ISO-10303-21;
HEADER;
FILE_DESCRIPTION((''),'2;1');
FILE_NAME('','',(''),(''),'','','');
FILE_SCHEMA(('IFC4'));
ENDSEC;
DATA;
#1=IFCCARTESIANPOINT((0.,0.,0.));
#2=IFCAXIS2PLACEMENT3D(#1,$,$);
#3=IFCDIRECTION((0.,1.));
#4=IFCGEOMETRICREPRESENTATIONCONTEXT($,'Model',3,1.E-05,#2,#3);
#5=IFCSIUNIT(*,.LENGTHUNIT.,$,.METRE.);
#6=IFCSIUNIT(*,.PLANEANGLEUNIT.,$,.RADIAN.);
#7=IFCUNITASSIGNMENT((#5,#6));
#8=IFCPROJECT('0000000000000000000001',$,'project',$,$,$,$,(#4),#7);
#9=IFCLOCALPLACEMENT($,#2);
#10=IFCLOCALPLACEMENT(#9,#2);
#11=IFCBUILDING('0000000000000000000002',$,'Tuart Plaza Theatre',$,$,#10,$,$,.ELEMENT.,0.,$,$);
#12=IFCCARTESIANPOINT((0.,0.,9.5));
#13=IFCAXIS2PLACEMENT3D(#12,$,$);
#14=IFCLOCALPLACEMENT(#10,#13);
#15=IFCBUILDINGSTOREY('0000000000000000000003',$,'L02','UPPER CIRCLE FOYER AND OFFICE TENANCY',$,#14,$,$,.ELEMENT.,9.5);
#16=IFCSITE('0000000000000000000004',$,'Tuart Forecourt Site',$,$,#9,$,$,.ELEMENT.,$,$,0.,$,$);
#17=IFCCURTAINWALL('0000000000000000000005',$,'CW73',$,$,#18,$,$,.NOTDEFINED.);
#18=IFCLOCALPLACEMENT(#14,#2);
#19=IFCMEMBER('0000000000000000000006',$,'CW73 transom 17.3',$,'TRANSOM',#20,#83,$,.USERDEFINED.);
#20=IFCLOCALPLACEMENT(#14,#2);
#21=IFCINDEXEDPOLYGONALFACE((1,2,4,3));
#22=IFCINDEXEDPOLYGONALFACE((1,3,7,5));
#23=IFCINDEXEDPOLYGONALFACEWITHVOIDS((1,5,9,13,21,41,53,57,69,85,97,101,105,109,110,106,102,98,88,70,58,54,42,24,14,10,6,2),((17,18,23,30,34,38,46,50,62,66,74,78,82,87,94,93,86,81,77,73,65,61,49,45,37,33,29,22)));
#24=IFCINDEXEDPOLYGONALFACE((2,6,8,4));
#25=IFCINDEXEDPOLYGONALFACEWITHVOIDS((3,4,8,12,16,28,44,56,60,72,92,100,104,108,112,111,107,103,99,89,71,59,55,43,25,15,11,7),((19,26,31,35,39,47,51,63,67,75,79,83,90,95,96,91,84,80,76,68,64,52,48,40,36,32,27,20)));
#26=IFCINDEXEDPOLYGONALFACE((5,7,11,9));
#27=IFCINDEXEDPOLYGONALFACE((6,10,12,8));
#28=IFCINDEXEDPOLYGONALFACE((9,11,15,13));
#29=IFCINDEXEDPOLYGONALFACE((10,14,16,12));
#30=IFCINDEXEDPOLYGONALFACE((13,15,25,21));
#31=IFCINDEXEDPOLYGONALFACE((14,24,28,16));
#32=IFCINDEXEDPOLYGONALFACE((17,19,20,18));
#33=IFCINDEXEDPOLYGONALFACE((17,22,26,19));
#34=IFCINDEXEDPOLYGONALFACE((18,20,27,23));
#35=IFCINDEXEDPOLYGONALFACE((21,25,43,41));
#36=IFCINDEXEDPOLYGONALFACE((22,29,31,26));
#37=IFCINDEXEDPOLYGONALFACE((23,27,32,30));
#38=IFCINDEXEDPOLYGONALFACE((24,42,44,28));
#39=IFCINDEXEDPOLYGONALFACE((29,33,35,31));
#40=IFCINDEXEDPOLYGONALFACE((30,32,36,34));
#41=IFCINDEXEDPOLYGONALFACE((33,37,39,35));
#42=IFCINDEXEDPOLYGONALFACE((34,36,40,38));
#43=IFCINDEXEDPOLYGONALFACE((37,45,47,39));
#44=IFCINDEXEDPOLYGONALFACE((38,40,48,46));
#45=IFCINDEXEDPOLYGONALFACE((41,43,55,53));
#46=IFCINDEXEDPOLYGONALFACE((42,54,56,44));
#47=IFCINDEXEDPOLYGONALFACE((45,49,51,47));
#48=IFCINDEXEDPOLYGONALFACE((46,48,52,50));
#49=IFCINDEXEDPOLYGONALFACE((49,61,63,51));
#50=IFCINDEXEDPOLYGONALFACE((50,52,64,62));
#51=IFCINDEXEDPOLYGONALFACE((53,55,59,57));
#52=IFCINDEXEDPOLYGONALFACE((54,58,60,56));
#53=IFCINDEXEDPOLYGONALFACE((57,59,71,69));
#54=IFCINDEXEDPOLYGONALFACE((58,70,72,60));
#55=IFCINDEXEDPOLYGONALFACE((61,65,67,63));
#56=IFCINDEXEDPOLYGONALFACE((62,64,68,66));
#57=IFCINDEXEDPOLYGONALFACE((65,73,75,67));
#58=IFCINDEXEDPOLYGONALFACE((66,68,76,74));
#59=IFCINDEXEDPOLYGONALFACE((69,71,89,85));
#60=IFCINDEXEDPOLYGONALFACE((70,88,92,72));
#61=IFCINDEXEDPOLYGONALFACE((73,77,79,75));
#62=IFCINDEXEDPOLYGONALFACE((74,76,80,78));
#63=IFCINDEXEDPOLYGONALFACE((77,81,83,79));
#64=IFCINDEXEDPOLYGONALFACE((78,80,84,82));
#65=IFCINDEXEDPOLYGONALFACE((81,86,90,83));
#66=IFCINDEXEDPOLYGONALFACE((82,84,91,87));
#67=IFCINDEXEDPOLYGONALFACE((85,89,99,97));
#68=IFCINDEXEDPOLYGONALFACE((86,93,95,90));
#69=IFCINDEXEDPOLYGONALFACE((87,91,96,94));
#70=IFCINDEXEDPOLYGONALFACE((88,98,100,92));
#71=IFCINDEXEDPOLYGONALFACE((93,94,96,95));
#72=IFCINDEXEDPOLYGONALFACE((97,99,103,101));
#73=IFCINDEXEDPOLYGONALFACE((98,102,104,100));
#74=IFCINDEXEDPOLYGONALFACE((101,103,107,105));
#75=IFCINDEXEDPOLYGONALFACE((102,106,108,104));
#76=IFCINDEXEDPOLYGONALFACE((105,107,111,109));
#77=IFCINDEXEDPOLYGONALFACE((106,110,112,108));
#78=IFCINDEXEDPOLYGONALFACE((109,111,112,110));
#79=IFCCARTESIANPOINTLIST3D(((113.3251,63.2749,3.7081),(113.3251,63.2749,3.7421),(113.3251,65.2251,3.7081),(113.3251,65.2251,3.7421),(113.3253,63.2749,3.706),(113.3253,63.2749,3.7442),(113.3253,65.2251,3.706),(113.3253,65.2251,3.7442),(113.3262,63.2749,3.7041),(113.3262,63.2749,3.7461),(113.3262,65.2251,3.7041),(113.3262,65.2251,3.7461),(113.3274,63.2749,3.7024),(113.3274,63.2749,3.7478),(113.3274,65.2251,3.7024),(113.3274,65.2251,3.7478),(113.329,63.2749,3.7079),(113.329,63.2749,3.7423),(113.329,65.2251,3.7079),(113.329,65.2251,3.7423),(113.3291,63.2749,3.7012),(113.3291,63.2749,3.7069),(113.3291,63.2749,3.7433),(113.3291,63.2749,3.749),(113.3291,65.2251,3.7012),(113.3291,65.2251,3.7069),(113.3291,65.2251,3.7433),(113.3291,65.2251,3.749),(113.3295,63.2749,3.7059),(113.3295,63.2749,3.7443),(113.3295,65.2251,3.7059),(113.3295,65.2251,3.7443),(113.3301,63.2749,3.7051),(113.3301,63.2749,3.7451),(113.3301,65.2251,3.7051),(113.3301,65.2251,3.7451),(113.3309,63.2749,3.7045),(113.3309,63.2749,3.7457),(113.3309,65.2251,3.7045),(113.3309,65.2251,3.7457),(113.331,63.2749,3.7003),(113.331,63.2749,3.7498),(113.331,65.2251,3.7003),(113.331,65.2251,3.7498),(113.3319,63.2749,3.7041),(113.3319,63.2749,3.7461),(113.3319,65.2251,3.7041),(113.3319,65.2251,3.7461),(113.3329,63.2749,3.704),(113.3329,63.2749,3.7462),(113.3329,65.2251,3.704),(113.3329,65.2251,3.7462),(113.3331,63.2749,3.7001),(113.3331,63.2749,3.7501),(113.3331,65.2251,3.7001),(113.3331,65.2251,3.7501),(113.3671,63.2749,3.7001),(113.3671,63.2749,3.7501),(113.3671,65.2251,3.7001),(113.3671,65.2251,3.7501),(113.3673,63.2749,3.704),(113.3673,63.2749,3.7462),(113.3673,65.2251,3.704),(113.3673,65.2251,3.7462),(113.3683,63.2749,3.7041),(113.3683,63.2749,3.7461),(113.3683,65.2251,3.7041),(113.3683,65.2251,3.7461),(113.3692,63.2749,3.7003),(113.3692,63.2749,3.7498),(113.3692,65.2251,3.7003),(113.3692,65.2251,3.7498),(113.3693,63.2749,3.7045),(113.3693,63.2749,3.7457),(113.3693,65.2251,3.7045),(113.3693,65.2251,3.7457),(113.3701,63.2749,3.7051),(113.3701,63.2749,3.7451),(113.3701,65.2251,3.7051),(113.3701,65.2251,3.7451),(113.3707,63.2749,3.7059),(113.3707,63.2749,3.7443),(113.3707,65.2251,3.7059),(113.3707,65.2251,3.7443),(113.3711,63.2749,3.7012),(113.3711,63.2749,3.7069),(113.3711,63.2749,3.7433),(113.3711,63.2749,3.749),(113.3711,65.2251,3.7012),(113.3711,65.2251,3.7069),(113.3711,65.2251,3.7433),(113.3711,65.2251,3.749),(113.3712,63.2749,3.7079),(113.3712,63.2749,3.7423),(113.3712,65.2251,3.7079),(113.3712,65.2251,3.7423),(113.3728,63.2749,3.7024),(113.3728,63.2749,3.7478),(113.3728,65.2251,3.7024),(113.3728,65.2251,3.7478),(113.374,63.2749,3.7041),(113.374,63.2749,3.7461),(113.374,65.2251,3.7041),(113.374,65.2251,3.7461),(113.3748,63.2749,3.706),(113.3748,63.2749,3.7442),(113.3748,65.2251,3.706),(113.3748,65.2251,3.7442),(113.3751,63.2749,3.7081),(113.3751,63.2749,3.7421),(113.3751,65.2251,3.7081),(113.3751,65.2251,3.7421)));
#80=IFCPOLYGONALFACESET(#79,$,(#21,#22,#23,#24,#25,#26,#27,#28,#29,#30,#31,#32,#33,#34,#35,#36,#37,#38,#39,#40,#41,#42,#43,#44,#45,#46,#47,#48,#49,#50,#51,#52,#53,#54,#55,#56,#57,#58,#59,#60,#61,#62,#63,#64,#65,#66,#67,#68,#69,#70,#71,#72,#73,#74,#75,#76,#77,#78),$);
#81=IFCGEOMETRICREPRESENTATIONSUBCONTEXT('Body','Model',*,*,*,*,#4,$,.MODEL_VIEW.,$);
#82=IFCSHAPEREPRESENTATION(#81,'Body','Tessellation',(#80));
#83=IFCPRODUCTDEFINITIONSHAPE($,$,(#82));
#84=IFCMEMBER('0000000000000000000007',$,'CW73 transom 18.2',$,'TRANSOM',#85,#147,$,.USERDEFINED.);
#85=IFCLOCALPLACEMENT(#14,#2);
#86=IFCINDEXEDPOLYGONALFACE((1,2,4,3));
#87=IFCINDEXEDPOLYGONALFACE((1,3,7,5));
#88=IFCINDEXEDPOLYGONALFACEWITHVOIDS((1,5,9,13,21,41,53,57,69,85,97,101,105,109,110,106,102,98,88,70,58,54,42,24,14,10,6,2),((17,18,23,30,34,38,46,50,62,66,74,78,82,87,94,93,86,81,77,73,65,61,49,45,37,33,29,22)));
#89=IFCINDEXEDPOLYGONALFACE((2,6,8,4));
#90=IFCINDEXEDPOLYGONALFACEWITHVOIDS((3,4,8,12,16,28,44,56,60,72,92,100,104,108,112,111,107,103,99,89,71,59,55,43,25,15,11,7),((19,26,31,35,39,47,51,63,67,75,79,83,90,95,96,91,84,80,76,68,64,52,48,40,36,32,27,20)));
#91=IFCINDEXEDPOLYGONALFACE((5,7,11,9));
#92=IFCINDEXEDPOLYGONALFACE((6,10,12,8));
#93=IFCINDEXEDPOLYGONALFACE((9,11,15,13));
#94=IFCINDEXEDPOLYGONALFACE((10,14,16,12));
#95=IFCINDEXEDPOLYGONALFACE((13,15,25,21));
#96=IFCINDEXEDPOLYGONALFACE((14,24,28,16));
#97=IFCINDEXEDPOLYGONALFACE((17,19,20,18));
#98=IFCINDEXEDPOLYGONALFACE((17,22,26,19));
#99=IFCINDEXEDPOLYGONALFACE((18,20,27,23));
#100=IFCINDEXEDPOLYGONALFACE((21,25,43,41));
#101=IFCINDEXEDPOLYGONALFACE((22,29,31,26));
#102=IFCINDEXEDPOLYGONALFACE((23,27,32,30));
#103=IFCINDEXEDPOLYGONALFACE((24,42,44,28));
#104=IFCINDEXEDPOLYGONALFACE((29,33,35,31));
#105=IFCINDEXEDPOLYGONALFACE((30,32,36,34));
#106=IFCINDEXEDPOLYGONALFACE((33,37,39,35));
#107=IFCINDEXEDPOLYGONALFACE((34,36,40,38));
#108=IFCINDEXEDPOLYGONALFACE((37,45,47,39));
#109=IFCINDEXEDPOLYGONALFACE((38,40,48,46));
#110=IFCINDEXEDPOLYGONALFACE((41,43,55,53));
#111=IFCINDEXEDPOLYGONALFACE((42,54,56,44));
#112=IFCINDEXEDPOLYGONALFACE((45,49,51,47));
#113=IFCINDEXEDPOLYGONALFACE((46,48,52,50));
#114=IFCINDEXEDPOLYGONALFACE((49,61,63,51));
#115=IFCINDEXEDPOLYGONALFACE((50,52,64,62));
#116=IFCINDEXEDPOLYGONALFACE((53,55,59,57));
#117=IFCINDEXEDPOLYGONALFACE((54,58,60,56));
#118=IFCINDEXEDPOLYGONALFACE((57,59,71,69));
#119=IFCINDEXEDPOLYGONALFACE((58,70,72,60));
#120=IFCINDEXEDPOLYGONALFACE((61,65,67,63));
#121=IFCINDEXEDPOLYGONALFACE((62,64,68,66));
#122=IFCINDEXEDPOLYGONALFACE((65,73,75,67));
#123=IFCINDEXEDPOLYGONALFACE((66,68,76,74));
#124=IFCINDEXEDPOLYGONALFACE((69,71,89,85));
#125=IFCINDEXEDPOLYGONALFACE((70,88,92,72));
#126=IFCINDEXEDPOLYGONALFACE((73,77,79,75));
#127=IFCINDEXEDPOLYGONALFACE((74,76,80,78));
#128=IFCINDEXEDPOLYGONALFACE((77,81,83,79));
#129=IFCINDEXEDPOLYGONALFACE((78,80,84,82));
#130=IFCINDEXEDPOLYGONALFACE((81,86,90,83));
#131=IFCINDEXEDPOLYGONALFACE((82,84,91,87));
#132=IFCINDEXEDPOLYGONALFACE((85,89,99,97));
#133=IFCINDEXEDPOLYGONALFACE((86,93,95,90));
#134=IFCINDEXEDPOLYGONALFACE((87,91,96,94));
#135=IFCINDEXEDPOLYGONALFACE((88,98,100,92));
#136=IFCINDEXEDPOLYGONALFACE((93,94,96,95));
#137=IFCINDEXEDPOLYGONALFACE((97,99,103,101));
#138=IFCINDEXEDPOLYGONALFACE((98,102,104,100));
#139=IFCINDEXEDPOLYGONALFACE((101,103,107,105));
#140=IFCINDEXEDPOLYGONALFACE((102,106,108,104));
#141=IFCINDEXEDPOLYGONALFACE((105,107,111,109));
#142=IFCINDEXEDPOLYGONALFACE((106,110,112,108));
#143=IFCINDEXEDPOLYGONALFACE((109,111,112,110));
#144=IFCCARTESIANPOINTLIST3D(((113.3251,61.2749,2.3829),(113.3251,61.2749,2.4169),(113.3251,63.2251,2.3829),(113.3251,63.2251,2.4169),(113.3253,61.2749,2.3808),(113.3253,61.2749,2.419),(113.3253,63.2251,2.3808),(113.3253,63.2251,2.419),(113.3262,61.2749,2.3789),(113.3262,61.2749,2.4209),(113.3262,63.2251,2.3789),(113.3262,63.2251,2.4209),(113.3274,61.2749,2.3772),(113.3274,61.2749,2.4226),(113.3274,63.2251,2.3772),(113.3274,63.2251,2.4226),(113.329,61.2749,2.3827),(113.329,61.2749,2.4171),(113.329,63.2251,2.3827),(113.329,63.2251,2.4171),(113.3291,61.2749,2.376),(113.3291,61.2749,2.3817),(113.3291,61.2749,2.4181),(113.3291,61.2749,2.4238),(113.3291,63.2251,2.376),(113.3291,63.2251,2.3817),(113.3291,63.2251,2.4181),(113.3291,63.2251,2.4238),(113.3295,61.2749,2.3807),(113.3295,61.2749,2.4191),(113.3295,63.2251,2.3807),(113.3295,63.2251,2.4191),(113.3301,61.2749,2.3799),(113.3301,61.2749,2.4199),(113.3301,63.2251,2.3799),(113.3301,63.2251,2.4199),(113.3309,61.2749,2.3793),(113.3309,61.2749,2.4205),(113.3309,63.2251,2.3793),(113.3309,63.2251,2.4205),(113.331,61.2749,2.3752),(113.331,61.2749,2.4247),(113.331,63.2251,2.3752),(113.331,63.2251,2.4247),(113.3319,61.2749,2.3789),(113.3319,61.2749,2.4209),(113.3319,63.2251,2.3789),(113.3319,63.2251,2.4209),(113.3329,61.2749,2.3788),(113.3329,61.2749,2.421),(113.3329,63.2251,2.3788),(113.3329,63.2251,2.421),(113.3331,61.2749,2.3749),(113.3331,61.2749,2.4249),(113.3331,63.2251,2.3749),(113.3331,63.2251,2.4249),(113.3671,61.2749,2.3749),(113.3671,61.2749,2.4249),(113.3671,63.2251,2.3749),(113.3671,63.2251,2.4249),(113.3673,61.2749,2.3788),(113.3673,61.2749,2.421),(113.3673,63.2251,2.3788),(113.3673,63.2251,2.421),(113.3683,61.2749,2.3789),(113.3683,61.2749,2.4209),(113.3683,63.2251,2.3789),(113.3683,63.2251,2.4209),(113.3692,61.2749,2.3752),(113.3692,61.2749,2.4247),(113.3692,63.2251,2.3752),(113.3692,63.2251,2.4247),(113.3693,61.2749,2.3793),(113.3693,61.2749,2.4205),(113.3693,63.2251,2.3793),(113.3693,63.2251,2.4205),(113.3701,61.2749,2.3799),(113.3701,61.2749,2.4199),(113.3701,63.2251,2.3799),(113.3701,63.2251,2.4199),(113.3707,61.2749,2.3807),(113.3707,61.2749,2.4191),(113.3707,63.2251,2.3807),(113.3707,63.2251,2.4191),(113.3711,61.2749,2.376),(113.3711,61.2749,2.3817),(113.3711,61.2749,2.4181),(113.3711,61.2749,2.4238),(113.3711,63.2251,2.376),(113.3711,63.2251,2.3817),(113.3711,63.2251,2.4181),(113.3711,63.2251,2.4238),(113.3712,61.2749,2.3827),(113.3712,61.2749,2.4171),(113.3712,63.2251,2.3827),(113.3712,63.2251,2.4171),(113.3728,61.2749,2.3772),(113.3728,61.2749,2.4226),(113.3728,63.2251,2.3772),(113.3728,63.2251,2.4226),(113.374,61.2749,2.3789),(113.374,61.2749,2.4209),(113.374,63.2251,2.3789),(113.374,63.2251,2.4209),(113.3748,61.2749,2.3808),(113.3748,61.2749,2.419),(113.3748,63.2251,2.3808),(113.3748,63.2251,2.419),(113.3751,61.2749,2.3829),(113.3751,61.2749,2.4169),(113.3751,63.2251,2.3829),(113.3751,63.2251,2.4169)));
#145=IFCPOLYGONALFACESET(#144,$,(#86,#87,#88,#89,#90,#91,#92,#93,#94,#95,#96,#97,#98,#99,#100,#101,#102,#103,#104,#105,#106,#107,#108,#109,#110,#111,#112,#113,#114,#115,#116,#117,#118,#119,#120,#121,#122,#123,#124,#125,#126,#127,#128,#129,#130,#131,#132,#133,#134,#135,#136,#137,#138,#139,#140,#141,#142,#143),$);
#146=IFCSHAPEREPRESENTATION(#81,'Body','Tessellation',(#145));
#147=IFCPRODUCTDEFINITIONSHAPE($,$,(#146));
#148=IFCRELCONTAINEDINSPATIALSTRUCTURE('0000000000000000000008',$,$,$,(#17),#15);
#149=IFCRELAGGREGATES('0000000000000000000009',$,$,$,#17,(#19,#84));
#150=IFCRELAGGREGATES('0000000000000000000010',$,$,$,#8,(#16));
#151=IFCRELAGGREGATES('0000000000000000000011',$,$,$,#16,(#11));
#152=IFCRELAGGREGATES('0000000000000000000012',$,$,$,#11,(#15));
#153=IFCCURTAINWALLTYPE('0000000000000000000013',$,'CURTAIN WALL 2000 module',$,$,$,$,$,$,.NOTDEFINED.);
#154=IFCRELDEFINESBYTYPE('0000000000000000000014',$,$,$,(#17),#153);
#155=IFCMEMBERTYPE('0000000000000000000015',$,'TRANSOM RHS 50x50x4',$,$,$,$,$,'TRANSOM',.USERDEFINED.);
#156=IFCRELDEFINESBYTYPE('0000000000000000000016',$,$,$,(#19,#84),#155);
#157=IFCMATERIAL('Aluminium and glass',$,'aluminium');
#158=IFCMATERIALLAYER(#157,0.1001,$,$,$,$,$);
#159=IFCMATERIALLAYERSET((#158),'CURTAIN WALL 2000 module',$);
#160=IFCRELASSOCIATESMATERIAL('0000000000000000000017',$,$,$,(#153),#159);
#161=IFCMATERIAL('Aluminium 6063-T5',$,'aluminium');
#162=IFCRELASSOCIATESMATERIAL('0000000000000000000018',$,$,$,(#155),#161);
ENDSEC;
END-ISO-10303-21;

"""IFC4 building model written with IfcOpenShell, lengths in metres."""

from ifc_helpers import new_model, si_unit, direction, frame, origin, origin_2d, place, context, subcontext, project, spatial, hollow_rectangle, extrude, material, layer, layer_set, material_profile, profile_set, type_object, element, aggregate, save


model = new_model("IFC4")

# Units and contexts
model_context = context("Model", 3, precision=1e-05, world=origin(), true_north=direction((0.0, 1.0)))
body_context = subcontext(model_context, "Body", "Model", "MODEL_VIEW")
ifc_project = project(units=[si_unit("LENGTHUNIT", "METRE"), si_unit("PLANEANGLEUNIT", "RADIAN")], contexts=[model_context])

# Site, building, storey
site_placement = place(None, origin())
site = spatial("IfcSite", under=ifc_project, at=site_placement, Name="Tuart Forecourt Site", CompositionType="ELEMENT", RefElevation=0.0)
building_placement = place(site_placement, origin())
building = spatial("IfcBuilding", under=site, at=building_placement, Name="Tuart Plaza Theatre", CompositionType="ELEMENT", ElevationOfRefHeight=0.0)
storey_placement = place(building_placement, frame((0.0, 0.0, 9.5)))
storey = spatial("IfcBuildingStorey", under=building, at=storey_placement, Name="L02", Description="UPPER CIRCLE FOYER AND OFFICE TENANCY", CompositionType="ELEMENT", Elevation=9.5)

# Curtain wall, members
ifc_material_1 = material(Name="Aluminium and glass", Category="aluminium")
ifc_layer_1 = layer(ifc_material_1, 0.1001)
ifc_layer_set_1 = layer_set([ifc_layer_1], Name="CURTAIN WALL 2000 module")
curtain_wall_type = type_object("IfcCurtainWallType", Name="CURTAIN WALL 2000 module", PredefinedType="NOTDEFINED", material=ifc_layer_set_1)
curtain_wall_placement = place(storey_placement, origin())
curtain_wall = element("IfcCurtainWall", 1, at=curtain_wall_placement, inside=storey, type_object=curtain_wall_type, Name="CW73", PredefinedType="NOTDEFINED")
ifc_material_2 = material(Name="Aluminium 6063-T5", Category="aluminium")
ifc_material_profile_1 = material_profile(ifc_material_2, hollow_rectangle(XDim=0.05, YDim=0.05, WallThickness=0.0039, InnerFilletRadius=0.0039, OuterFilletRadius=0.0081, at=origin_2d()), Name="RHS 50x50x4")
ifc_profile_set_1 = profile_set([ifc_material_profile_1], Name="Aluminium 6063-T5")
member_type_1 = type_object("IfcMemberType", Name="TRANSOM RHS 50x50x4", ElementType="TRANSOM", PredefinedType="USERDEFINED", material=ifc_profile_set_1)
member_1_placement = place(storey_placement, frame((113.3501, 65.2251, 3.7251), z_axis=(0.0, -1.0, 0.0), x_axis=(1.0, 0.0, 0.0)))
member_1 = element("IfcMember", 2, at=member_1_placement, type_object=member_type_1, Name="CW73 transom 17.3", ObjectType="TRANSOM", PredefinedType="USERDEFINED", context=body_context, shape_type="SweptSolid", body=[
    extrude(hollow_rectangle(XDim=0.05, YDim=0.05, WallThickness=0.0039, InnerFilletRadius=0.0039, OuterFilletRadius=0.0081, at=origin_2d()), origin(), (0.0, 0.0, 1.0), 1.9502),
])
member_2_placement = place(storey_placement, frame((113.3501, 63.2251, 2.3999), z_axis=(0.0, -1.0, 0.0), x_axis=(1.0, 0.0, 0.0)))
member_2 = element("IfcMember", 3, at=member_2_placement, type_object=member_type_1, Name="CW73 transom 18.2", ObjectType="TRANSOM", PredefinedType="USERDEFINED", context=body_context, shape_type="SweptSolid", body=[
    extrude(hollow_rectangle(XDim=0.05, YDim=0.05, WallThickness=0.0039, InnerFilletRadius=0.0039, OuterFilletRadius=0.0081, at=origin_2d()), origin(), (0.0, 0.0, 1.0), 1.9502),
])
aggregate(curtain_wall, [member_1, member_2])

save(model, "model.ifc")
